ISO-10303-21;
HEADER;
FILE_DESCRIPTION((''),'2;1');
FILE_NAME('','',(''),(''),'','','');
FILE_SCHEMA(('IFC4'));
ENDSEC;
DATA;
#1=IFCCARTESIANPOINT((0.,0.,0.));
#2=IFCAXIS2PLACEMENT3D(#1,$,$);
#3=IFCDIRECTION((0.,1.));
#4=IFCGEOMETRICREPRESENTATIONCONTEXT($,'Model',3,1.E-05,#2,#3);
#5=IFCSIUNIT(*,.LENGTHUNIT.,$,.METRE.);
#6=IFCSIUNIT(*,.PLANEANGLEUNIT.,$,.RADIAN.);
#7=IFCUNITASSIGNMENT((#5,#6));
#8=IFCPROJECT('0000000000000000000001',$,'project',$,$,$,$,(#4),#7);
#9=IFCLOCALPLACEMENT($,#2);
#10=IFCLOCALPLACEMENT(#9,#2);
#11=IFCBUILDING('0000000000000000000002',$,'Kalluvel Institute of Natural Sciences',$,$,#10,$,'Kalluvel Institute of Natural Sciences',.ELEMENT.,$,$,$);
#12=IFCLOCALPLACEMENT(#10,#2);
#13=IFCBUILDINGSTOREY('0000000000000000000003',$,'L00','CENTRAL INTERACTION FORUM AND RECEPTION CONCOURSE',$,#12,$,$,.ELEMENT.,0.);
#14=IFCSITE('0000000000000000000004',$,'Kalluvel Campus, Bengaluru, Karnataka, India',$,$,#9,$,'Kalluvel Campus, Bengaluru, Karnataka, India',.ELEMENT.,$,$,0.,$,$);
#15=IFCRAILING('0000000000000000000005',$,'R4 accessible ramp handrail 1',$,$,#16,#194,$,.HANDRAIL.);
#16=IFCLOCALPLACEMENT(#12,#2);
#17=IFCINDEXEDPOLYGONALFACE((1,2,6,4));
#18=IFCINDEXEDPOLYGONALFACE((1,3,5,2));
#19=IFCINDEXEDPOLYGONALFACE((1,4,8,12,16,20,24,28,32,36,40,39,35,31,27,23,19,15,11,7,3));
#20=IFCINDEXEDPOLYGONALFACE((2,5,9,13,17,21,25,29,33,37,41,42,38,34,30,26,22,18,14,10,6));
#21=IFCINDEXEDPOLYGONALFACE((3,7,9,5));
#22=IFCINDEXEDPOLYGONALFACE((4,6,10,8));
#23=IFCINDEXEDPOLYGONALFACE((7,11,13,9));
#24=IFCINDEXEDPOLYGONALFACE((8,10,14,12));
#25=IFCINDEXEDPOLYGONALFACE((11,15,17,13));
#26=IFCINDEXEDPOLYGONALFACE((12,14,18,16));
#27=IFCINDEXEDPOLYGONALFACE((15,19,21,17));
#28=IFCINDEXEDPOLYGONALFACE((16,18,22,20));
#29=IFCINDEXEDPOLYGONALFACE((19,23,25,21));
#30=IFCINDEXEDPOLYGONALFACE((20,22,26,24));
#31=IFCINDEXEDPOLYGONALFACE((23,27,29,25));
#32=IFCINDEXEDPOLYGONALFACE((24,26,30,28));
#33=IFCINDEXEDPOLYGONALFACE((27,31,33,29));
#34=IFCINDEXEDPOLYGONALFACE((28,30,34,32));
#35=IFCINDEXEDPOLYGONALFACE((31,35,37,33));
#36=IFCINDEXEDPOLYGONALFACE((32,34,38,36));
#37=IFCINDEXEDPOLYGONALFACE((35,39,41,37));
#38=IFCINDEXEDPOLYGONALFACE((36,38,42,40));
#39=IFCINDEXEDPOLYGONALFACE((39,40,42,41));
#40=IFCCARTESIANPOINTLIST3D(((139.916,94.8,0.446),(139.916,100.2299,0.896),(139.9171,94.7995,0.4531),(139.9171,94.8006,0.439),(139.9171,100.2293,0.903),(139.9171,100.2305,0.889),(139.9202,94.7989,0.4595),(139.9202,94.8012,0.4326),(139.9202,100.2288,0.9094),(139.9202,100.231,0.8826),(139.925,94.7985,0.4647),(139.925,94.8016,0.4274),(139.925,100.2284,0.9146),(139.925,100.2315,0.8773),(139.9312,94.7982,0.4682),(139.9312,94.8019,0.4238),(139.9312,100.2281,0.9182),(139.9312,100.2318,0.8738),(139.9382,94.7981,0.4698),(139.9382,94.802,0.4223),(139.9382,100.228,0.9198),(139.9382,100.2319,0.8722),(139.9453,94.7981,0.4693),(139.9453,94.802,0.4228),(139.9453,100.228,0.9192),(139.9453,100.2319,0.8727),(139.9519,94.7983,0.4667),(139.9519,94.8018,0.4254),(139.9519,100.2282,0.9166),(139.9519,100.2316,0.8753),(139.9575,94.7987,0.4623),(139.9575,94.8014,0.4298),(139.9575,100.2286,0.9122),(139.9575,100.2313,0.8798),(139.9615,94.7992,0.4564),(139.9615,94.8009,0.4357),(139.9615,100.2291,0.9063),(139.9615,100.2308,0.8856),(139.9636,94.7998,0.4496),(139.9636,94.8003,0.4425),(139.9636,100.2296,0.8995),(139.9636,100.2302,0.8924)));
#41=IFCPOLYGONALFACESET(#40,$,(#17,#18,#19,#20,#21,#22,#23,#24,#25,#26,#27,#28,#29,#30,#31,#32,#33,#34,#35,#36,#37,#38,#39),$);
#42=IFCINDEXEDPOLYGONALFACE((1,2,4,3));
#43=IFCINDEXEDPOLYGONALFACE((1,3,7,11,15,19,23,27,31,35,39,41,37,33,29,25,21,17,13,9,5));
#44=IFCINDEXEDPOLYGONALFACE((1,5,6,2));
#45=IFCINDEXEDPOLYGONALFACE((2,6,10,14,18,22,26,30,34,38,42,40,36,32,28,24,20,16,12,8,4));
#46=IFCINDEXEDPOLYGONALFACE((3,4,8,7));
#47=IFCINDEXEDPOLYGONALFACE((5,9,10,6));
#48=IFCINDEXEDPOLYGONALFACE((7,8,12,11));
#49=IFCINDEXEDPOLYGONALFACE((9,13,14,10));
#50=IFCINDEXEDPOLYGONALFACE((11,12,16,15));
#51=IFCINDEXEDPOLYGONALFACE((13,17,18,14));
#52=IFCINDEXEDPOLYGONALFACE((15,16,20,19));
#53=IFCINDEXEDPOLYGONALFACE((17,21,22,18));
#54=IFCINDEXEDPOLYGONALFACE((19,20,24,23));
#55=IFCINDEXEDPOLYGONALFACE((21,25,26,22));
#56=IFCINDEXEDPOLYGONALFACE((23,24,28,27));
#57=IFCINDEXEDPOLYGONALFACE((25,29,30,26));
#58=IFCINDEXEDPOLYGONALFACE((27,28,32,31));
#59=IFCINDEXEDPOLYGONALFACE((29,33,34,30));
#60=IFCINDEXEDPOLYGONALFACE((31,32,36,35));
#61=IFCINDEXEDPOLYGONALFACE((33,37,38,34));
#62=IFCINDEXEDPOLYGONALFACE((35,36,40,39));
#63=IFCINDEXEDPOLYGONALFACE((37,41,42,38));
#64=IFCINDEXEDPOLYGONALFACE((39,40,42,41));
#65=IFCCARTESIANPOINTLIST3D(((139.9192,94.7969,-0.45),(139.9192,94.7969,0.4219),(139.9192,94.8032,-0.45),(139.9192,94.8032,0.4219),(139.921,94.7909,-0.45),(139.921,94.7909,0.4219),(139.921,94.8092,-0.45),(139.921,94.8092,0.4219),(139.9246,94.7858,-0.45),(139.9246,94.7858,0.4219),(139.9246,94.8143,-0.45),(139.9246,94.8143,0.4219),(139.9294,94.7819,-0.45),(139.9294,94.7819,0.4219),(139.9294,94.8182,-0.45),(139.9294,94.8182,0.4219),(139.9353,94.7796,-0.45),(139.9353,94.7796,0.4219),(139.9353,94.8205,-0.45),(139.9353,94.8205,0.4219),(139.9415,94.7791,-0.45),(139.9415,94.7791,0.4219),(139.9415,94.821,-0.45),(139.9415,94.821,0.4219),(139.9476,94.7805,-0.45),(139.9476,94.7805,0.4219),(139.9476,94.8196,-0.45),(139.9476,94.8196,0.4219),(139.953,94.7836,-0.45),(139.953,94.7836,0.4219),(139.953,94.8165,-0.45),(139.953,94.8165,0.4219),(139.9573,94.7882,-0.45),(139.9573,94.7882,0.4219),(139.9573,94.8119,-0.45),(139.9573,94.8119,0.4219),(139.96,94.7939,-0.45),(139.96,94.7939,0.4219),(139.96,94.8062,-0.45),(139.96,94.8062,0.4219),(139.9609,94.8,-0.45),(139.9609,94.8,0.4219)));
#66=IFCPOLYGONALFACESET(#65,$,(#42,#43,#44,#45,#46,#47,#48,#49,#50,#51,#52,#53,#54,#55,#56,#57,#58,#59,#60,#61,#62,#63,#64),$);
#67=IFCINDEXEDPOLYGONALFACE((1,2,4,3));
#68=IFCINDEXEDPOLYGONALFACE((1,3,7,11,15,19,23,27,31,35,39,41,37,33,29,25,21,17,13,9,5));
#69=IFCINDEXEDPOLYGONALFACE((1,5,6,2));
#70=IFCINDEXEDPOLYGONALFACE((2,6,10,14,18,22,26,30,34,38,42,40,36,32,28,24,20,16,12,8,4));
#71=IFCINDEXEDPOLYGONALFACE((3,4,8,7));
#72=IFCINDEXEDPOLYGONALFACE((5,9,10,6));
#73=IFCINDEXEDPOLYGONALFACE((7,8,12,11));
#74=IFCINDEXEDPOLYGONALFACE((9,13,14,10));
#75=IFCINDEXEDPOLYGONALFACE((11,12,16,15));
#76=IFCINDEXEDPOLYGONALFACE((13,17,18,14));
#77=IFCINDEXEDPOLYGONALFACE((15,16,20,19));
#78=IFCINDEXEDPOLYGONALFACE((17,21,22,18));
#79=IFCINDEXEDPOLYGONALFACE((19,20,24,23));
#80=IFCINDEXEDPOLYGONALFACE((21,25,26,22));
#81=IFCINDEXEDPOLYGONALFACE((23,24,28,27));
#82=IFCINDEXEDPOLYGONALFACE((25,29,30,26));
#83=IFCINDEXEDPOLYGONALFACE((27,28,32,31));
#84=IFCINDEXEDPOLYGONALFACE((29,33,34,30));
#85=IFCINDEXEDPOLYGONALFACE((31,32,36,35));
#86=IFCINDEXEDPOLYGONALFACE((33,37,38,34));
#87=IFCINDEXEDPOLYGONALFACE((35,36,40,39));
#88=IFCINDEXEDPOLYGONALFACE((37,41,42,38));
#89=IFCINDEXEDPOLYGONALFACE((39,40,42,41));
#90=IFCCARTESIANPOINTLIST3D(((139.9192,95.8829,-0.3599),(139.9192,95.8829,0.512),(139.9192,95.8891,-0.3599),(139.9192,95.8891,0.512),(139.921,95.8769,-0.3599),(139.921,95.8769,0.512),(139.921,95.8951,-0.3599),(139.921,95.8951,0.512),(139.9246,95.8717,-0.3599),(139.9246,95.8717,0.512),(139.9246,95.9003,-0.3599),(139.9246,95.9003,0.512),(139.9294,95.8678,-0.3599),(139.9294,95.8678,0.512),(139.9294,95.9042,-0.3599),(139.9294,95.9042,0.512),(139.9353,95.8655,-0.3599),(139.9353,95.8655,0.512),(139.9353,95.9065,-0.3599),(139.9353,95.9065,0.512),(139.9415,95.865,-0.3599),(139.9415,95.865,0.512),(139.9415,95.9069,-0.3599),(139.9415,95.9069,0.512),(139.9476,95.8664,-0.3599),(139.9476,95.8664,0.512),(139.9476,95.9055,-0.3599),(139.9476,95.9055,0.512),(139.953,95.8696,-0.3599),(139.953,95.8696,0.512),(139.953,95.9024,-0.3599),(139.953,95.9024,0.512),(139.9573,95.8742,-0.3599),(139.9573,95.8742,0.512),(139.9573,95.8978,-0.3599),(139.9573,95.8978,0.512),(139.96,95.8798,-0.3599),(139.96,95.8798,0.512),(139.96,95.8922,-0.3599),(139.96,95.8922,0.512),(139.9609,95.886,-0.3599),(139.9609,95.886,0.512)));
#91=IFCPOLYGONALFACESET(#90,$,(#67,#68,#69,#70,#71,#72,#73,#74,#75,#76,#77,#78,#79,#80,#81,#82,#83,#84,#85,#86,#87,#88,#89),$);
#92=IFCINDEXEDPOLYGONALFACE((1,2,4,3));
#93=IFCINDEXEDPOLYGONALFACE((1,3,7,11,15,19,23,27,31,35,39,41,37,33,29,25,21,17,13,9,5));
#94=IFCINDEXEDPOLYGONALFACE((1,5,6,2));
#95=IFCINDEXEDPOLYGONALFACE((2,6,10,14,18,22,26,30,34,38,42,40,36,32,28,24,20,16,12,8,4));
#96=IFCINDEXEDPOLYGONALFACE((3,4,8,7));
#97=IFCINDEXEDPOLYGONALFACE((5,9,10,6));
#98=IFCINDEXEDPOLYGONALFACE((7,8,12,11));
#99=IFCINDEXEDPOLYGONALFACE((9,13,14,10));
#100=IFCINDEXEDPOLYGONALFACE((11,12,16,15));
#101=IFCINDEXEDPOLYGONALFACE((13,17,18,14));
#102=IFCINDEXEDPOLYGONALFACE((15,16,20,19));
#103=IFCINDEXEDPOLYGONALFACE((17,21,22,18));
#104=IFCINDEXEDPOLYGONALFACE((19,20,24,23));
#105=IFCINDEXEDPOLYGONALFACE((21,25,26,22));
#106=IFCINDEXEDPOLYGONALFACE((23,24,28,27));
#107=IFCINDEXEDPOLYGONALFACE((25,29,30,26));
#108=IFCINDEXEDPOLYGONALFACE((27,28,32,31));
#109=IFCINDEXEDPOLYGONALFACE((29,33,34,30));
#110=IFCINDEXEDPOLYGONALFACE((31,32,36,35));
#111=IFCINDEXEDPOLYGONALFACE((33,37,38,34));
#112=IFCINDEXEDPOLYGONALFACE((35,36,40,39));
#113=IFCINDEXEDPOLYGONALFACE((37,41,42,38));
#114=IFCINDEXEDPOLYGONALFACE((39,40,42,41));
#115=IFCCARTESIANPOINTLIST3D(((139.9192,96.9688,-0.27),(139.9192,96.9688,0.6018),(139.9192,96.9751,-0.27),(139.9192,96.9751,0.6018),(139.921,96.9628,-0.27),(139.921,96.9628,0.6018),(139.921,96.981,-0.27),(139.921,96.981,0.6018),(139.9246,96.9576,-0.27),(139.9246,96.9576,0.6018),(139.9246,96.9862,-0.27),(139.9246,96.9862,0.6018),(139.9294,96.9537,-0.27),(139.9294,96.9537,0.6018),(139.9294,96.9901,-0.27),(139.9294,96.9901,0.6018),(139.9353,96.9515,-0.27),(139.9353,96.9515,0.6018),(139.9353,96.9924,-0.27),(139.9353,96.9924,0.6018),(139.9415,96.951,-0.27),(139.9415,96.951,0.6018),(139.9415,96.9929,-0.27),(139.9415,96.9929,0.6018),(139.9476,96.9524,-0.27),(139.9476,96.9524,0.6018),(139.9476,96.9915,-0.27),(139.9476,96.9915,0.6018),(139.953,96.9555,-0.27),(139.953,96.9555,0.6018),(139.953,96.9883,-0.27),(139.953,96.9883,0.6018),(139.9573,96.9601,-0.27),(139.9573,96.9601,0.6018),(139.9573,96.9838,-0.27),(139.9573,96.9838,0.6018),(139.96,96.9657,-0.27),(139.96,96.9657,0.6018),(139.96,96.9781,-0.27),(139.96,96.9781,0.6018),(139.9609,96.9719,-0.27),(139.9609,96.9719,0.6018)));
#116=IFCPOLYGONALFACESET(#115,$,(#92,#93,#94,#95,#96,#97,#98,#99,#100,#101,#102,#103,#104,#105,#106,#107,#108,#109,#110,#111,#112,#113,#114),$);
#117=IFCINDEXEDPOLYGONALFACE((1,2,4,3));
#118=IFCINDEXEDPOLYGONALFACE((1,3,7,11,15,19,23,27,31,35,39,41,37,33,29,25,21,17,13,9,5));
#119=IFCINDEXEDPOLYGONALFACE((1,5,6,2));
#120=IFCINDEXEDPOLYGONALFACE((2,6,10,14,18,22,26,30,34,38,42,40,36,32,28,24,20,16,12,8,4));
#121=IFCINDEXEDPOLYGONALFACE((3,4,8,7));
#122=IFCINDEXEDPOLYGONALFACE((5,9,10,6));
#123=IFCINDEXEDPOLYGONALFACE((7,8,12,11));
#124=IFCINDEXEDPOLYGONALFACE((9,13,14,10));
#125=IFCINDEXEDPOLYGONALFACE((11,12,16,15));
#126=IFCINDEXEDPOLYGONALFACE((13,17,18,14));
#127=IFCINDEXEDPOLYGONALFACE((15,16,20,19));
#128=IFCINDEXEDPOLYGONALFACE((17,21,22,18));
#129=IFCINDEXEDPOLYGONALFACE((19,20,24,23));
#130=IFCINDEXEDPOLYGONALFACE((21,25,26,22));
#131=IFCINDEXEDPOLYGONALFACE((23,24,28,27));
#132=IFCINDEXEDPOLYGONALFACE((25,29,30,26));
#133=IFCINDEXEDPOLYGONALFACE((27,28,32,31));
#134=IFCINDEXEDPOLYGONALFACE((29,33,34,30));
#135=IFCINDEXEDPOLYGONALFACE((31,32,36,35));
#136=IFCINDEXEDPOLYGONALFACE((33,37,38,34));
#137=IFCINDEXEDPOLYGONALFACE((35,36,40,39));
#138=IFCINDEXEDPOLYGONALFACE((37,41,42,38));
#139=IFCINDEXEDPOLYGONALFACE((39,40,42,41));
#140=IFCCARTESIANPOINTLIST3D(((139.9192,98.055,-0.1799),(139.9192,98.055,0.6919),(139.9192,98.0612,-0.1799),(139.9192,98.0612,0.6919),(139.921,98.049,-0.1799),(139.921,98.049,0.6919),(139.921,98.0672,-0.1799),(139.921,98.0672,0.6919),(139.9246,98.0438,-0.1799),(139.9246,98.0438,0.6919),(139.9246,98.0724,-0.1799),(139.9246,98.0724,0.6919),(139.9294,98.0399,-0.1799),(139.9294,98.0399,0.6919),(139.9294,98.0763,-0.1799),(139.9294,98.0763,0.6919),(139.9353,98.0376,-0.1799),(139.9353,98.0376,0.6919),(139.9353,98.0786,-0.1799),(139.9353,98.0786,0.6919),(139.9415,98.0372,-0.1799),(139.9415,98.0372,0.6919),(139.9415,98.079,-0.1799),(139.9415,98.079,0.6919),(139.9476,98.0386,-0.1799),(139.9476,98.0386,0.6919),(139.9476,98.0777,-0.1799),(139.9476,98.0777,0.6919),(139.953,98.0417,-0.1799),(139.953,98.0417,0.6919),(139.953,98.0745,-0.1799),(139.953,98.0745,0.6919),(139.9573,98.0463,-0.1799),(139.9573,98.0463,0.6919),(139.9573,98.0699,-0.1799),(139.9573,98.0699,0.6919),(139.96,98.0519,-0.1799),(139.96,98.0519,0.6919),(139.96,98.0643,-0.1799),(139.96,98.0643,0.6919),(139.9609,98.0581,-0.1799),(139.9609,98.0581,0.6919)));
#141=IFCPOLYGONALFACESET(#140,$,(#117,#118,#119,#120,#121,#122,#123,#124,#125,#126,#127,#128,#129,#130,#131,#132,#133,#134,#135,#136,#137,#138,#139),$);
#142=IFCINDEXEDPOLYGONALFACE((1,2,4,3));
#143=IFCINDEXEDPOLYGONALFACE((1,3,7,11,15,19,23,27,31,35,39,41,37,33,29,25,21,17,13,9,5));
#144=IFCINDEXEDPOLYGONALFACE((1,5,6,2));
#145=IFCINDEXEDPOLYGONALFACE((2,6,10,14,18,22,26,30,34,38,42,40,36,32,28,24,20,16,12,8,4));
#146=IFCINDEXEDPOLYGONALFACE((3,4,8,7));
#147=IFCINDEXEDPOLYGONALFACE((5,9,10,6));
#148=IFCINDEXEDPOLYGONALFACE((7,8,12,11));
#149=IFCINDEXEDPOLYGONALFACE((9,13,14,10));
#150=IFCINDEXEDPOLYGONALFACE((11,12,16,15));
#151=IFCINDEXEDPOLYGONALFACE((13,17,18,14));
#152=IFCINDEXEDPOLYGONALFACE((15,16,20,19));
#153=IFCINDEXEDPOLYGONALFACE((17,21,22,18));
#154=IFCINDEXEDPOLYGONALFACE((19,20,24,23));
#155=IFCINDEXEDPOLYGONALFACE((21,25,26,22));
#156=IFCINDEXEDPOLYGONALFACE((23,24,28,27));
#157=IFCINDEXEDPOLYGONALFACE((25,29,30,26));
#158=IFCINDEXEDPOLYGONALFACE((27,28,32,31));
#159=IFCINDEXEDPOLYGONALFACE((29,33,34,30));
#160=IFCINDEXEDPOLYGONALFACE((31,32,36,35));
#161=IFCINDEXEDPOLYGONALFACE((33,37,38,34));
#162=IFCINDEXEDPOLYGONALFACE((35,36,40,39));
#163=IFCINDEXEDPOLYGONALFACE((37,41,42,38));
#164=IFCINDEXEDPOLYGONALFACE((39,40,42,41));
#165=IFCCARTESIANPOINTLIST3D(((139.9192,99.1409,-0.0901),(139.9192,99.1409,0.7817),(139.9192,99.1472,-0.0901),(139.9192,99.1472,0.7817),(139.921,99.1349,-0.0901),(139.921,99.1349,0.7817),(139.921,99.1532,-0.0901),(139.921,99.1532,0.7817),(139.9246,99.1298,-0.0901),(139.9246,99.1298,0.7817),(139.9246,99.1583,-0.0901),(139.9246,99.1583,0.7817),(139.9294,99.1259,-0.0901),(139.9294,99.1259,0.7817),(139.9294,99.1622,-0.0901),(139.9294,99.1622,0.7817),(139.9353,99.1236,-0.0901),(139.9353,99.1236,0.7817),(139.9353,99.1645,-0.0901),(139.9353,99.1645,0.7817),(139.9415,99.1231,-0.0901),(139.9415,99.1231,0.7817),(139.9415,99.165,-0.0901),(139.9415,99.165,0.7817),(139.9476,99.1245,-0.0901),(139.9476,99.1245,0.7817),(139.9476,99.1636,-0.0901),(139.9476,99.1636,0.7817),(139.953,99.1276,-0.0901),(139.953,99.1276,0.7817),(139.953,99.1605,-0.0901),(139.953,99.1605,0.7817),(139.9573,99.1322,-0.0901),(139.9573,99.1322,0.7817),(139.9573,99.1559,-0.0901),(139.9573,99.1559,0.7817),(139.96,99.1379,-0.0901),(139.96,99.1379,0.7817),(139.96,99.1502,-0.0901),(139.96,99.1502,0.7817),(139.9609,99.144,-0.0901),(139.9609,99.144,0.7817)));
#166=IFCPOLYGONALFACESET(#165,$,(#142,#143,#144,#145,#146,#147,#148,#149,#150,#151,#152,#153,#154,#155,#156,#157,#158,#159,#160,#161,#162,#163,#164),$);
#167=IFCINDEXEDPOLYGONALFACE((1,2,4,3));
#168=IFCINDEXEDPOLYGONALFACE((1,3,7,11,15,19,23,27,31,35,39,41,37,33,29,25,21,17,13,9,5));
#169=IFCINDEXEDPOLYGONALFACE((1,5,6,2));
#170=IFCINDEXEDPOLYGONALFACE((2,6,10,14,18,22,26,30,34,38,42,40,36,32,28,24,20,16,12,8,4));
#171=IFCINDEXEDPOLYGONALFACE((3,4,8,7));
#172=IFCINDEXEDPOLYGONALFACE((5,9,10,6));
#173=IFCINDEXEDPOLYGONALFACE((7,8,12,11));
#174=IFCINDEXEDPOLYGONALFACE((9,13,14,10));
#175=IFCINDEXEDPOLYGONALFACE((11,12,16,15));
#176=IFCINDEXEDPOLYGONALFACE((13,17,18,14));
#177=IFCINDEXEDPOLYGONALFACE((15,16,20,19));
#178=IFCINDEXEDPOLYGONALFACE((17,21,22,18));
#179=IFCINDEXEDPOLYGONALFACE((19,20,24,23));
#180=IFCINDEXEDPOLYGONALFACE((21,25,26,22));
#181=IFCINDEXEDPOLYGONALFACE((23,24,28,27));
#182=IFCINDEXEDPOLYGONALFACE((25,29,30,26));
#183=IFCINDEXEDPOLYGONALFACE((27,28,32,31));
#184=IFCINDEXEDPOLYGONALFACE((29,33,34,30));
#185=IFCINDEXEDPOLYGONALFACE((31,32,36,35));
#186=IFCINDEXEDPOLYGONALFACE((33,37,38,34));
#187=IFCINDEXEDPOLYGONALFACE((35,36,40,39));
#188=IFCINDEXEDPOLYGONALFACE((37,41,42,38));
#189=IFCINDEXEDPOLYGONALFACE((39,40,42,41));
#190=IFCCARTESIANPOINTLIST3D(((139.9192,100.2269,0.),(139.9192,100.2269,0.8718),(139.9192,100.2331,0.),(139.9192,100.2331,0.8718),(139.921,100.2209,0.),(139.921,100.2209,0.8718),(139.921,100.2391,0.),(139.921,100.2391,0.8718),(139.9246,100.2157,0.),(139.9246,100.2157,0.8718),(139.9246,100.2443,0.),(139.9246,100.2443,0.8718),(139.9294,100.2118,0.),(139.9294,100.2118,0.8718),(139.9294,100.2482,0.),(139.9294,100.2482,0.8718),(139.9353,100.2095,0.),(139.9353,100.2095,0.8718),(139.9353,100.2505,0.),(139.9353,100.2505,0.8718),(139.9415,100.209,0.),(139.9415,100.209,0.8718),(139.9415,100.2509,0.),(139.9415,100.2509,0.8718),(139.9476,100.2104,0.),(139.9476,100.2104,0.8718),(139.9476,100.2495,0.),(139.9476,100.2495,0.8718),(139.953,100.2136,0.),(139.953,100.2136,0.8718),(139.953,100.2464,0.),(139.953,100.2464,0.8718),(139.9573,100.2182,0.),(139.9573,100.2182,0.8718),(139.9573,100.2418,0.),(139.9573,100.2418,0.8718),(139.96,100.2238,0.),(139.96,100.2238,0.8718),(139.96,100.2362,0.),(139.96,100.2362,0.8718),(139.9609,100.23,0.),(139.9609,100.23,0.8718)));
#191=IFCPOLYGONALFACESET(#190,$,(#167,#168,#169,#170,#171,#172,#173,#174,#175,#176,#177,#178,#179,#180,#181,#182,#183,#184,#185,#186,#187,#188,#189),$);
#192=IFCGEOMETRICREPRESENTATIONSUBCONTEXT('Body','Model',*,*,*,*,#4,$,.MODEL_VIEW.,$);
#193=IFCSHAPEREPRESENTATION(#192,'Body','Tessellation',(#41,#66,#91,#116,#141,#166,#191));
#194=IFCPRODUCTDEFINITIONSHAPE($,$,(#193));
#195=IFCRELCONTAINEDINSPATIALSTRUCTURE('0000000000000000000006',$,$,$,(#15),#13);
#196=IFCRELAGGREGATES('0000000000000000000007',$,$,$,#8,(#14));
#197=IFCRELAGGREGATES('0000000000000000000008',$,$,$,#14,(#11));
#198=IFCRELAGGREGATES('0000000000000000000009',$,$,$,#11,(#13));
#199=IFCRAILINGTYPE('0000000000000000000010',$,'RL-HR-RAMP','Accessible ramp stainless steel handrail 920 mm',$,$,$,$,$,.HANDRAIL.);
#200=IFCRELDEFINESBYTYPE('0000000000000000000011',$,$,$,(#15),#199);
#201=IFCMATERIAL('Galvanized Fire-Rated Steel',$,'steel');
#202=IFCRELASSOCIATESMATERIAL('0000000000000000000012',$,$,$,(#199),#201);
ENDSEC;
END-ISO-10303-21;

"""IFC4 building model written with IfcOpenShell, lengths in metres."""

from ifc_helpers import new_model, si_unit, direction, frame, origin, origin_2d, place, context, subcontext, project, spatial, circle, extrude, material, type_object, element, save


model = new_model("IFC4")

# Units and contexts
model_context = context("Model", 3, precision=1e-05, world=origin(), true_north=direction((0.0, 1.0)))
body_context = subcontext(model_context, "Body", "Model", "MODEL_VIEW")
ifc_project = project(units=[si_unit("LENGTHUNIT", "METRE"), si_unit("PLANEANGLEUNIT", "RADIAN")], contexts=[model_context])

# Site, building, storey
site_placement = place(None, origin())
site = spatial("IfcSite", under=ifc_project, at=site_placement, Name="Kalluvel Campus, Bengaluru, Karnataka, India", LongName="Kalluvel Campus, Bengaluru, Karnataka, India", CompositionType="ELEMENT", RefElevation=0.0)
building_placement = place(site_placement, origin())
building = spatial("IfcBuilding", under=site, at=building_placement, Name="Kalluvel Institute of Natural Sciences", LongName="Kalluvel Institute of Natural Sciences", CompositionType="ELEMENT")
storey_placement = place(building_placement, origin())
storey = spatial("IfcBuildingStorey", under=building, at=storey_placement, Name="L00", Description="CENTRAL INTERACTION FORUM AND RECEPTION CONCOURSE", CompositionType="ELEMENT", Elevation=0.0)

# Railing
ifc_material_1 = material(Name="Galvanized Fire-Rated Steel", Category="steel")
railing_type = type_object("IfcRailingType", Name="RL-HR-RAMP", Description="Accessible ramp stainless steel handrail 920 mm", PredefinedType="HANDRAIL", material=ifc_material_1)
for number, where, name in (
    (1, (139.9399, 94.8, -0.45), "R4 accessible ramp handrail 1"),
):
    element("IfcRailing", number, at=place(storey_placement, frame(where)), inside=storey, type_object=railing_type, Name=name, PredefinedType="HANDRAIL", context=body_context, shape_type="SweptSolid", body=[
        extrude(circle(Radius=0.0239, at=origin_2d()), frame((0.0, 0.0, 0.896), z_axis=(0.0, 0.996584, 0.082582), x_axis=(-1.0, 0.0, 0.0)), (0.0, 0.0, 1.0), 5.4485),
        extrude(circle(Radius=0.021, at=origin_2d()), origin(), (0.0, 0.0, 1.0), 0.8718),
        extrude(circle(Radius=0.021, at=origin_2d()), frame((0.0, 1.0859, 0.0901)), (0.0, 0.0, 1.0), 0.8718),
        extrude(circle(Radius=0.021, at=origin_2d()), frame((0.0, 2.1719, 0.1799)), (0.0, 0.0, 1.0), 0.8718),
        extrude(circle(Radius=0.021, at=origin_2d()), frame((0.0, 3.2581, 0.27)), (0.0, 0.0, 1.0), 0.8718),
        extrude(circle(Radius=0.021, at=origin_2d()), frame((0.0, 4.344, 0.3599)), (0.0, 0.0, 1.0), 0.8718),
        extrude(circle(Radius=0.021, at=origin_2d()), frame((0.0, 5.4299, 0.45)), (0.0, 0.0, 1.0), 0.8718),
    ])

save(model, "model.ifc")
